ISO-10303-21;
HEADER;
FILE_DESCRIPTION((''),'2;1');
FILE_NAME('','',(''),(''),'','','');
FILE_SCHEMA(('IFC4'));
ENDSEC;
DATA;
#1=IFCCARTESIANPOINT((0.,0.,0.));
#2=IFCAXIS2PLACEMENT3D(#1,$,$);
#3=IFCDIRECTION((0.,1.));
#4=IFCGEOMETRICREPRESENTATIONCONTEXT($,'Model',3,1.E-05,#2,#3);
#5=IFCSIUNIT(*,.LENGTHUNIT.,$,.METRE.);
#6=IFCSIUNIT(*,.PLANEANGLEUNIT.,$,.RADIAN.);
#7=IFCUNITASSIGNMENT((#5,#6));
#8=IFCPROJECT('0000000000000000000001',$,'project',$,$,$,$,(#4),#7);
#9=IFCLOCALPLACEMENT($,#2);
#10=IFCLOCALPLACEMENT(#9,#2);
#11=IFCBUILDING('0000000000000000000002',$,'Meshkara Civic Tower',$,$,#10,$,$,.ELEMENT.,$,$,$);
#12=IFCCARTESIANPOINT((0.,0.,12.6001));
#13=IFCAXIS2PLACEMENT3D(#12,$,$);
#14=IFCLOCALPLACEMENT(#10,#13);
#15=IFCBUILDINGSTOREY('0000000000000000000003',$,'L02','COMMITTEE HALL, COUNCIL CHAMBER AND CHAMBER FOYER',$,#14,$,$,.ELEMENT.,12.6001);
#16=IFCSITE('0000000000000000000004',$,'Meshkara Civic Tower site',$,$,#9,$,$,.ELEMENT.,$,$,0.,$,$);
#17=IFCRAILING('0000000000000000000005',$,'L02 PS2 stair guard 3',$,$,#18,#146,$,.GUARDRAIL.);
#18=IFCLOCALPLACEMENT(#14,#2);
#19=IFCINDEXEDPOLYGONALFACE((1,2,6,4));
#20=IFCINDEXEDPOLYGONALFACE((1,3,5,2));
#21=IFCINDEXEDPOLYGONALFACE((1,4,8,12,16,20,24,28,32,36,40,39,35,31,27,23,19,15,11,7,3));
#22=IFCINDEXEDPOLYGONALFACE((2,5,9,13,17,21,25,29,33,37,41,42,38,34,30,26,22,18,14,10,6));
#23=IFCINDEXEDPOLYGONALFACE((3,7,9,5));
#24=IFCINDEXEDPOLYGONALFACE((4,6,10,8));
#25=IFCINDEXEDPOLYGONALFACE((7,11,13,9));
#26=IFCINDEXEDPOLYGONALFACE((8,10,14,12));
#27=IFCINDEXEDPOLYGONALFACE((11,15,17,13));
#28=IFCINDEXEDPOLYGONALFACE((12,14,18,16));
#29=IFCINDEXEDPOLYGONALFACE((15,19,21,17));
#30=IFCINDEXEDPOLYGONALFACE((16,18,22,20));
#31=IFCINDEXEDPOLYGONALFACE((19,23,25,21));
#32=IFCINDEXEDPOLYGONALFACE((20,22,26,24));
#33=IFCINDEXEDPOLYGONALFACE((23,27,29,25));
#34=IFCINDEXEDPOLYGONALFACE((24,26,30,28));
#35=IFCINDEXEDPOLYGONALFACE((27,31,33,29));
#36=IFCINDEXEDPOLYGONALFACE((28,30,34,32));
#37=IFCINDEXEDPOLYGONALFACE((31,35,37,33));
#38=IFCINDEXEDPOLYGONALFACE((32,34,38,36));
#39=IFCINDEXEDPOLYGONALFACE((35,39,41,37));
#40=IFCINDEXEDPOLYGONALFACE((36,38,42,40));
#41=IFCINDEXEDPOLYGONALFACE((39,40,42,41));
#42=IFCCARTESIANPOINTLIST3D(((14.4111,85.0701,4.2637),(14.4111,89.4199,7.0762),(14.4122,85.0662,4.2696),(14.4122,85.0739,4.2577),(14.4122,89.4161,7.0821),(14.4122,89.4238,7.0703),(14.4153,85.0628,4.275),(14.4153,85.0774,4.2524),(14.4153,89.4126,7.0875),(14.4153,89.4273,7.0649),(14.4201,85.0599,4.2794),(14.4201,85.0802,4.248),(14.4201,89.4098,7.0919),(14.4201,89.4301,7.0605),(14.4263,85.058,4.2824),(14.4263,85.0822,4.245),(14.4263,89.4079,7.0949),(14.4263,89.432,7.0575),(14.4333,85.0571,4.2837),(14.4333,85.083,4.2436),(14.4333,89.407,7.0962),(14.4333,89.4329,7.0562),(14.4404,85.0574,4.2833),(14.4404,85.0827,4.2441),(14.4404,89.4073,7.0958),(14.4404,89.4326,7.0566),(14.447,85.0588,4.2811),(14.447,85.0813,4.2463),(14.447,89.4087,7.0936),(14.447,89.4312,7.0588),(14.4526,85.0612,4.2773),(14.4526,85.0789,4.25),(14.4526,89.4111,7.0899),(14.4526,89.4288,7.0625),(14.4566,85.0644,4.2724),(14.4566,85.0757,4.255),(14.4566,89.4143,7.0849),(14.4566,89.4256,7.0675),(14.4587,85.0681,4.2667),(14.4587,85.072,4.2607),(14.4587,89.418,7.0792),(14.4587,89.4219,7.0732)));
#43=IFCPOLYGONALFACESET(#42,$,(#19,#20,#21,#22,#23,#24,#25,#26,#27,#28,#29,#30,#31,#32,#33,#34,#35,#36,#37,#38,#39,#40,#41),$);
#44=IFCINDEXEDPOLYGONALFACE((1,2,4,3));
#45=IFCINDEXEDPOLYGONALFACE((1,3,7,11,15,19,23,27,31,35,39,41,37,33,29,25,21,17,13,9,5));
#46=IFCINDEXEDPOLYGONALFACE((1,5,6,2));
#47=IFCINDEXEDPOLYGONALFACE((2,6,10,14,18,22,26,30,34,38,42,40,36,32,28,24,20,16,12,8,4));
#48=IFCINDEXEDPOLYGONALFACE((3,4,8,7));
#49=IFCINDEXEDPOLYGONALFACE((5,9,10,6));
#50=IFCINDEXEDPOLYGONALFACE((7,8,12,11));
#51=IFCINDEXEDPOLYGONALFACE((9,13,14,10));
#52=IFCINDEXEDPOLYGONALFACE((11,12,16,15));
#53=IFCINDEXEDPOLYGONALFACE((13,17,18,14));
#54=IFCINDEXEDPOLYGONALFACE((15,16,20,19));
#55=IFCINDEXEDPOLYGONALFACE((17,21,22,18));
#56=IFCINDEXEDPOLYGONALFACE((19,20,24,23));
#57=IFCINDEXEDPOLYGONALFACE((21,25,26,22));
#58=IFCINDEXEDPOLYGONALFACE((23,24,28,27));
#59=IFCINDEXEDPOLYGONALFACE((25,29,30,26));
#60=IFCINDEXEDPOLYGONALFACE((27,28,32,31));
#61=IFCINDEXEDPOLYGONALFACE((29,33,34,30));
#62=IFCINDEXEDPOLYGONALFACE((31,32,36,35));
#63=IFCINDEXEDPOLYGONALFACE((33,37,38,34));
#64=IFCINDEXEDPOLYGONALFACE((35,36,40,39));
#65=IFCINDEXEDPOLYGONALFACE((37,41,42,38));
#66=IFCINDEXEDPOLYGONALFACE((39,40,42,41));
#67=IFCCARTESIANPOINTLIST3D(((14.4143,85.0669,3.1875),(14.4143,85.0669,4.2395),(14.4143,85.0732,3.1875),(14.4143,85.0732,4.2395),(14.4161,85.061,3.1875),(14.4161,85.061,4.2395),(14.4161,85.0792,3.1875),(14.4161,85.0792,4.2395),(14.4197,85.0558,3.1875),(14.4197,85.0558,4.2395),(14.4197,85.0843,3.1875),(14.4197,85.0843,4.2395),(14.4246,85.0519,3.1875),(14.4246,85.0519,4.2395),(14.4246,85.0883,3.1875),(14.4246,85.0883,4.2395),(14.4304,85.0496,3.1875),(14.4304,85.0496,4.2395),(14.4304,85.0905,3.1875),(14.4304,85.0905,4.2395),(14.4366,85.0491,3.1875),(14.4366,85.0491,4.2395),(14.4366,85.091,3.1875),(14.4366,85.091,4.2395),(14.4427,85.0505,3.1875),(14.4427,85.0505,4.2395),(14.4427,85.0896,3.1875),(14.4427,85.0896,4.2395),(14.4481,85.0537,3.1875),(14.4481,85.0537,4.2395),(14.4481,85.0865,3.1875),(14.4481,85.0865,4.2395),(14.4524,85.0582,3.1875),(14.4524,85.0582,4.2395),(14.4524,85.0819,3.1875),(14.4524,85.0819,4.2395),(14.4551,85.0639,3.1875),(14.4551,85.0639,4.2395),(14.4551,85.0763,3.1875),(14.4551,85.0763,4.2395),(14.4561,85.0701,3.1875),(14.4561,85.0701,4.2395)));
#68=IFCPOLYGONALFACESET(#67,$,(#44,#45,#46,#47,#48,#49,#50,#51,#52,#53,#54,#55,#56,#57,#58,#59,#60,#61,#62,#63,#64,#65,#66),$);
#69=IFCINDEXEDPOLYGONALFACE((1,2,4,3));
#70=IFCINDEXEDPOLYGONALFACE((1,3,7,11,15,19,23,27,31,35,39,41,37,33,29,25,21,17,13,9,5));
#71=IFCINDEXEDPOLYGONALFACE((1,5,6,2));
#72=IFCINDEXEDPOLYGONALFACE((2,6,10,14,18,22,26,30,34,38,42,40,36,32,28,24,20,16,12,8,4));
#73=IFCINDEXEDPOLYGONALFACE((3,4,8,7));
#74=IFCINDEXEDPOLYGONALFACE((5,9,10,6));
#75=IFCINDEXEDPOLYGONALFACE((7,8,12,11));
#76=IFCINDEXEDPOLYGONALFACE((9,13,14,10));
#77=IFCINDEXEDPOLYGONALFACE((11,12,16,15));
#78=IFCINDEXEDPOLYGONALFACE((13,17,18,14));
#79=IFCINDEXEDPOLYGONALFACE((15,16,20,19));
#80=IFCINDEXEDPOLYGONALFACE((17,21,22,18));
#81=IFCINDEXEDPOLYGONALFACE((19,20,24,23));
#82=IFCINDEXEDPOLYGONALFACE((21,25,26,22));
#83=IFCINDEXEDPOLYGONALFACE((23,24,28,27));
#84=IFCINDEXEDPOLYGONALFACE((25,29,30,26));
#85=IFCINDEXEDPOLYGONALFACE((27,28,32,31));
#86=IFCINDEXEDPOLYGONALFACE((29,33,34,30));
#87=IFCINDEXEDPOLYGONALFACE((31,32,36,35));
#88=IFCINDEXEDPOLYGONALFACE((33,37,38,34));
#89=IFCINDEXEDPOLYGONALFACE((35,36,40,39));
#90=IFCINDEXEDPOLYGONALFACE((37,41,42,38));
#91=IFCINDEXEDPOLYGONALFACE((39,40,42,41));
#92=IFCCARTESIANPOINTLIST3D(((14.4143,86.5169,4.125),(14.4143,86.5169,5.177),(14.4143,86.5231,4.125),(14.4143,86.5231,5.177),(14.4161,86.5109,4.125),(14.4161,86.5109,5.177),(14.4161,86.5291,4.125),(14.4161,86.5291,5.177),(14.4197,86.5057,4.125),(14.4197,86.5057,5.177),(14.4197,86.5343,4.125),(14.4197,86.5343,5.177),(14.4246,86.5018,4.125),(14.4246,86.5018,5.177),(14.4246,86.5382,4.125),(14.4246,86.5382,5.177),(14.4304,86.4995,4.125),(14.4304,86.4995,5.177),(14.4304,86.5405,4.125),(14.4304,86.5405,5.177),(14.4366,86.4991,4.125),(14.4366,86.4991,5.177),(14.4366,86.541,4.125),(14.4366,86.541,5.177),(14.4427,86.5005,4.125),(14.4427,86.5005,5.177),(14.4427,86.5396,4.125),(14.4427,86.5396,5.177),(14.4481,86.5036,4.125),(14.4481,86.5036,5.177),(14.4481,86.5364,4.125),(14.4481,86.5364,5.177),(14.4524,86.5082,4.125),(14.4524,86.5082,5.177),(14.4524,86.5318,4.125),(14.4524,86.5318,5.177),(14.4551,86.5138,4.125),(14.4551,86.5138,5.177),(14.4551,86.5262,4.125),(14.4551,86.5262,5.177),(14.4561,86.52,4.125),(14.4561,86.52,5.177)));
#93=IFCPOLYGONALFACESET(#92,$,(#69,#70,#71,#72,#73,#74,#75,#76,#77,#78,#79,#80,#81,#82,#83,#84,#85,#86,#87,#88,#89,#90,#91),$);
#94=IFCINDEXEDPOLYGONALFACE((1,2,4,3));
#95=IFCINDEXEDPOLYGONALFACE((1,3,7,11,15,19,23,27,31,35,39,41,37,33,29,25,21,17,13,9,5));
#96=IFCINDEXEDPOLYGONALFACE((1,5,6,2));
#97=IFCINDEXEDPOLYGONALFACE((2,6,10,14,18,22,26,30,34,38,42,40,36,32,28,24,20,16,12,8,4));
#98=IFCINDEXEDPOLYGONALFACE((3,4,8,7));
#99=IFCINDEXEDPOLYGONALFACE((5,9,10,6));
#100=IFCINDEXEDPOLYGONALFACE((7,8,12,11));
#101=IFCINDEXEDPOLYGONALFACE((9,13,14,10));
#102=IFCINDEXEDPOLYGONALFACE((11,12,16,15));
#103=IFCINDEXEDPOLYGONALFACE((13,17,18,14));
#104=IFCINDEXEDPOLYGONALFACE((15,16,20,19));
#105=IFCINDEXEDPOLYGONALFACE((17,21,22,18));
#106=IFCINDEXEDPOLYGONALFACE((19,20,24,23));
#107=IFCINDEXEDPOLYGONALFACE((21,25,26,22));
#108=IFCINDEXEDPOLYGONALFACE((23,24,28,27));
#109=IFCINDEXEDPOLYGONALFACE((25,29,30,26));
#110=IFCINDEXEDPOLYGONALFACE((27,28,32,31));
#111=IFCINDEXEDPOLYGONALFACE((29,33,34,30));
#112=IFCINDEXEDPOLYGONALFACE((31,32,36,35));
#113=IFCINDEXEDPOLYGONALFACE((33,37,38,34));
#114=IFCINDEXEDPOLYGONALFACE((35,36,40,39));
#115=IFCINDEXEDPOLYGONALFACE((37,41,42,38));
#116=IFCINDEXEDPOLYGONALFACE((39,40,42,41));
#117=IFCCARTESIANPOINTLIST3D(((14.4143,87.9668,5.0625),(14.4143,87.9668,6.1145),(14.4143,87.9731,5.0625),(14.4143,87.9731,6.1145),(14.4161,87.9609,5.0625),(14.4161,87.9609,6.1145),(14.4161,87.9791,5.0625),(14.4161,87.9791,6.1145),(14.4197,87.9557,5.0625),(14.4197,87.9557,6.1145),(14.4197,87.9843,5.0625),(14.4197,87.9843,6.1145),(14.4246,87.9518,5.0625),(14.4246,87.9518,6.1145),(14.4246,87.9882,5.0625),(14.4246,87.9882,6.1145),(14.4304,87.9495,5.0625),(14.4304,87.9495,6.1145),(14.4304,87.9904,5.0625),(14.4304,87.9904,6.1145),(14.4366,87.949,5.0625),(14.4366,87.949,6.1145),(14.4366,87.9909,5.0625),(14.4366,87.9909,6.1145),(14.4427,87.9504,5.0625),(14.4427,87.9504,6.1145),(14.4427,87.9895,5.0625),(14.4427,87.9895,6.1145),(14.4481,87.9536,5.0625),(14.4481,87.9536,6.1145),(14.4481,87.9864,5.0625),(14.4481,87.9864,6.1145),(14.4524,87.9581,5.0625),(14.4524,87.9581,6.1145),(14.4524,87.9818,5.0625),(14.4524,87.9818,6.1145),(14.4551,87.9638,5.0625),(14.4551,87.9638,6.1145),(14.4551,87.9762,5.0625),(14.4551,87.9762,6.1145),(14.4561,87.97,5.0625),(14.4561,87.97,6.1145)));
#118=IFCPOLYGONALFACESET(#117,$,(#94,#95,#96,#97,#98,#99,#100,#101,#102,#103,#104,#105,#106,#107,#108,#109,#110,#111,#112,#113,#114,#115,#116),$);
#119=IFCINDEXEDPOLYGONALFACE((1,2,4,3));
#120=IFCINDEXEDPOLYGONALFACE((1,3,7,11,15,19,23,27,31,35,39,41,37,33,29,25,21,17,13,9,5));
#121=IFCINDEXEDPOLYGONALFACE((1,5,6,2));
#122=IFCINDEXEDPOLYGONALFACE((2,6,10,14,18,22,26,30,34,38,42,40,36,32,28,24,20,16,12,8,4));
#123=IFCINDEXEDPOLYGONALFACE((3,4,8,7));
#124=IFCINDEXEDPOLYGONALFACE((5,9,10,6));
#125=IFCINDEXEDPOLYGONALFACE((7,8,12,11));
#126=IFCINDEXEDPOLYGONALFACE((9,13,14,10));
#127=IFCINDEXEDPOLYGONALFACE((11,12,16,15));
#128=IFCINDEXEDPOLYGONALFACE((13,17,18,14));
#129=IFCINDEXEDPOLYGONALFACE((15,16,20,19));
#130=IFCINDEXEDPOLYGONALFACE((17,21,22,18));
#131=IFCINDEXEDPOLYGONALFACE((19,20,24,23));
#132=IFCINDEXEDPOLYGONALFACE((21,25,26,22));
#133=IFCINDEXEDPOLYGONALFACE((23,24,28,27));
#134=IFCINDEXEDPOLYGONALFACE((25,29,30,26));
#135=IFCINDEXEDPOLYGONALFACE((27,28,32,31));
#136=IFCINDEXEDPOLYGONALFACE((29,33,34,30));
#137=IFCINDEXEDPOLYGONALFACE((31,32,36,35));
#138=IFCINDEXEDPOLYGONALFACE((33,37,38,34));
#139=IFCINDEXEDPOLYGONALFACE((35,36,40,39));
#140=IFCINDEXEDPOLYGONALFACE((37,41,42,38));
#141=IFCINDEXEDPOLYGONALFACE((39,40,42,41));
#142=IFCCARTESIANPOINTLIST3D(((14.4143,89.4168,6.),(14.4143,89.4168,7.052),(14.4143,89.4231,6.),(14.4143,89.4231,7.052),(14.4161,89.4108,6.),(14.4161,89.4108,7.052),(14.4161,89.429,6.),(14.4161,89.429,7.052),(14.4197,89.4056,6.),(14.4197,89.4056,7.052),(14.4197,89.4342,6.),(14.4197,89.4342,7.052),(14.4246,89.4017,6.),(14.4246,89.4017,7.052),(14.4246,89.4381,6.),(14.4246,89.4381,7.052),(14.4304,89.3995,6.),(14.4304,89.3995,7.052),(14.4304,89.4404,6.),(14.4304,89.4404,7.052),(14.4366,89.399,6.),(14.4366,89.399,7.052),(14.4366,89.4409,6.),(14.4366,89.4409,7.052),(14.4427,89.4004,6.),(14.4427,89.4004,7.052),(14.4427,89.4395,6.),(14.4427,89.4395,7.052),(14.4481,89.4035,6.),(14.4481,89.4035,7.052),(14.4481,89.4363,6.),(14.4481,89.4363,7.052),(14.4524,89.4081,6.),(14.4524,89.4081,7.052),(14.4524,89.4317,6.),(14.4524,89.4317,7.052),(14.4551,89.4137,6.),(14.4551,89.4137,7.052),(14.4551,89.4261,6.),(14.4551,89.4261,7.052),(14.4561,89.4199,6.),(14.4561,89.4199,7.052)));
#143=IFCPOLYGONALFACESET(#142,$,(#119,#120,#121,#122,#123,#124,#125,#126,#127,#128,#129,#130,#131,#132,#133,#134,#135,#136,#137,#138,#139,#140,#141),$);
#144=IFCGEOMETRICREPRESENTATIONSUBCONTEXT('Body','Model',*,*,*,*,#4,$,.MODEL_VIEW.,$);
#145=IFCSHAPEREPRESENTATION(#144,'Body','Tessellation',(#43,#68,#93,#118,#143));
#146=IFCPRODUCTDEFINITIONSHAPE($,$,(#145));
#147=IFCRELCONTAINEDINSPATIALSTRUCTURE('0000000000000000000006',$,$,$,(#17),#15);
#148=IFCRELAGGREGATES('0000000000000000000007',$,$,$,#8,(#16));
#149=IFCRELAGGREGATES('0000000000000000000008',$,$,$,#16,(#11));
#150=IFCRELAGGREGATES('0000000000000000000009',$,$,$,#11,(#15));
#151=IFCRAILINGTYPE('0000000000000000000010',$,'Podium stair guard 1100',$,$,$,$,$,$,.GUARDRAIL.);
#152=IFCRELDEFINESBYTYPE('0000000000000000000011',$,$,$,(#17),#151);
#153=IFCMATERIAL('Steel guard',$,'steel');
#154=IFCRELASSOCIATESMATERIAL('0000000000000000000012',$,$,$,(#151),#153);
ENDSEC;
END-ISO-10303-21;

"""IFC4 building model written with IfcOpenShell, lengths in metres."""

from ifc_helpers import new_model, si_unit, direction, frame, origin, origin_2d, place, context, subcontext, project, spatial, circle, extrude, material, type_object, element, save


model = new_model("IFC4")

# Units and contexts
model_context = context("Model", 3, precision=1e-05, world=origin(), true_north=direction((0.0, 1.0)))
body_context = subcontext(model_context, "Body", "Model", "MODEL_VIEW")
ifc_project = project(units=[si_unit("LENGTHUNIT", "METRE"), si_unit("PLANEANGLEUNIT", "RADIAN")], contexts=[model_context])

# Site, building, storey
site_placement = place(None, origin())
site = spatial("IfcSite", under=ifc_project, at=site_placement, Name="Meshkara Civic Tower site", CompositionType="ELEMENT", RefElevation=0.0)
building_placement = place(site_placement, origin())
building = spatial("IfcBuilding", under=site, at=building_placement, Name="Meshkara Civic Tower", CompositionType="ELEMENT")
storey_placement = place(building_placement, frame((0.0, 0.0, 12.6001)))
storey = spatial("IfcBuildingStorey", under=building, at=storey_placement, Name="L02", Description="COMMITTEE HALL, COUNCIL CHAMBER AND CHAMBER FOYER", CompositionType="ELEMENT", Elevation=12.6001)

# Railing
ifc_material_1 = material(Name="Steel guard", Category="steel")
railing_type_1 = type_object("IfcRailingType", Name="Podium stair guard 1100", PredefinedType="GUARDRAIL", material=ifc_material_1)
railing_1_placement = place(storey_placement, frame((14.4351, 85.0701, 3.1875)))
element("IfcRailing", 1, at=railing_1_placement, inside=storey, type_object=railing_type_1, Name="L02 PS2 stair guard 3", PredefinedType="GUARDRAIL", context=body_context, shape_type="SweptSolid", body=[
    extrude(circle(Radius=0.0239, at=origin_2d()), frame((0.0, 0.0, 1.0762), z_axis=(0.0, 0.839756, 0.542964), x_axis=(-1.0, 0.0, 0.0)), (0.0, 0.0, 1.0), 5.1799),
    extrude(circle(Radius=0.021, at=origin_2d()), origin(), (0.0, 0.0, 1.0), 1.052),
    extrude(circle(Radius=0.021, at=origin_2d()), frame((0.0, 1.45, 0.9375)), (0.0, 0.0, 1.0), 1.052),
    extrude(circle(Radius=0.021, at=origin_2d()), frame((0.0, 2.8999, 1.875)), (0.0, 0.0, 1.0), 1.052),
    extrude(circle(Radius=0.021, at=origin_2d()), frame((0.0, 4.3499, 2.8125)), (0.0, 0.0, 1.0), 1.052),
])

save(model, "model.ifc")
